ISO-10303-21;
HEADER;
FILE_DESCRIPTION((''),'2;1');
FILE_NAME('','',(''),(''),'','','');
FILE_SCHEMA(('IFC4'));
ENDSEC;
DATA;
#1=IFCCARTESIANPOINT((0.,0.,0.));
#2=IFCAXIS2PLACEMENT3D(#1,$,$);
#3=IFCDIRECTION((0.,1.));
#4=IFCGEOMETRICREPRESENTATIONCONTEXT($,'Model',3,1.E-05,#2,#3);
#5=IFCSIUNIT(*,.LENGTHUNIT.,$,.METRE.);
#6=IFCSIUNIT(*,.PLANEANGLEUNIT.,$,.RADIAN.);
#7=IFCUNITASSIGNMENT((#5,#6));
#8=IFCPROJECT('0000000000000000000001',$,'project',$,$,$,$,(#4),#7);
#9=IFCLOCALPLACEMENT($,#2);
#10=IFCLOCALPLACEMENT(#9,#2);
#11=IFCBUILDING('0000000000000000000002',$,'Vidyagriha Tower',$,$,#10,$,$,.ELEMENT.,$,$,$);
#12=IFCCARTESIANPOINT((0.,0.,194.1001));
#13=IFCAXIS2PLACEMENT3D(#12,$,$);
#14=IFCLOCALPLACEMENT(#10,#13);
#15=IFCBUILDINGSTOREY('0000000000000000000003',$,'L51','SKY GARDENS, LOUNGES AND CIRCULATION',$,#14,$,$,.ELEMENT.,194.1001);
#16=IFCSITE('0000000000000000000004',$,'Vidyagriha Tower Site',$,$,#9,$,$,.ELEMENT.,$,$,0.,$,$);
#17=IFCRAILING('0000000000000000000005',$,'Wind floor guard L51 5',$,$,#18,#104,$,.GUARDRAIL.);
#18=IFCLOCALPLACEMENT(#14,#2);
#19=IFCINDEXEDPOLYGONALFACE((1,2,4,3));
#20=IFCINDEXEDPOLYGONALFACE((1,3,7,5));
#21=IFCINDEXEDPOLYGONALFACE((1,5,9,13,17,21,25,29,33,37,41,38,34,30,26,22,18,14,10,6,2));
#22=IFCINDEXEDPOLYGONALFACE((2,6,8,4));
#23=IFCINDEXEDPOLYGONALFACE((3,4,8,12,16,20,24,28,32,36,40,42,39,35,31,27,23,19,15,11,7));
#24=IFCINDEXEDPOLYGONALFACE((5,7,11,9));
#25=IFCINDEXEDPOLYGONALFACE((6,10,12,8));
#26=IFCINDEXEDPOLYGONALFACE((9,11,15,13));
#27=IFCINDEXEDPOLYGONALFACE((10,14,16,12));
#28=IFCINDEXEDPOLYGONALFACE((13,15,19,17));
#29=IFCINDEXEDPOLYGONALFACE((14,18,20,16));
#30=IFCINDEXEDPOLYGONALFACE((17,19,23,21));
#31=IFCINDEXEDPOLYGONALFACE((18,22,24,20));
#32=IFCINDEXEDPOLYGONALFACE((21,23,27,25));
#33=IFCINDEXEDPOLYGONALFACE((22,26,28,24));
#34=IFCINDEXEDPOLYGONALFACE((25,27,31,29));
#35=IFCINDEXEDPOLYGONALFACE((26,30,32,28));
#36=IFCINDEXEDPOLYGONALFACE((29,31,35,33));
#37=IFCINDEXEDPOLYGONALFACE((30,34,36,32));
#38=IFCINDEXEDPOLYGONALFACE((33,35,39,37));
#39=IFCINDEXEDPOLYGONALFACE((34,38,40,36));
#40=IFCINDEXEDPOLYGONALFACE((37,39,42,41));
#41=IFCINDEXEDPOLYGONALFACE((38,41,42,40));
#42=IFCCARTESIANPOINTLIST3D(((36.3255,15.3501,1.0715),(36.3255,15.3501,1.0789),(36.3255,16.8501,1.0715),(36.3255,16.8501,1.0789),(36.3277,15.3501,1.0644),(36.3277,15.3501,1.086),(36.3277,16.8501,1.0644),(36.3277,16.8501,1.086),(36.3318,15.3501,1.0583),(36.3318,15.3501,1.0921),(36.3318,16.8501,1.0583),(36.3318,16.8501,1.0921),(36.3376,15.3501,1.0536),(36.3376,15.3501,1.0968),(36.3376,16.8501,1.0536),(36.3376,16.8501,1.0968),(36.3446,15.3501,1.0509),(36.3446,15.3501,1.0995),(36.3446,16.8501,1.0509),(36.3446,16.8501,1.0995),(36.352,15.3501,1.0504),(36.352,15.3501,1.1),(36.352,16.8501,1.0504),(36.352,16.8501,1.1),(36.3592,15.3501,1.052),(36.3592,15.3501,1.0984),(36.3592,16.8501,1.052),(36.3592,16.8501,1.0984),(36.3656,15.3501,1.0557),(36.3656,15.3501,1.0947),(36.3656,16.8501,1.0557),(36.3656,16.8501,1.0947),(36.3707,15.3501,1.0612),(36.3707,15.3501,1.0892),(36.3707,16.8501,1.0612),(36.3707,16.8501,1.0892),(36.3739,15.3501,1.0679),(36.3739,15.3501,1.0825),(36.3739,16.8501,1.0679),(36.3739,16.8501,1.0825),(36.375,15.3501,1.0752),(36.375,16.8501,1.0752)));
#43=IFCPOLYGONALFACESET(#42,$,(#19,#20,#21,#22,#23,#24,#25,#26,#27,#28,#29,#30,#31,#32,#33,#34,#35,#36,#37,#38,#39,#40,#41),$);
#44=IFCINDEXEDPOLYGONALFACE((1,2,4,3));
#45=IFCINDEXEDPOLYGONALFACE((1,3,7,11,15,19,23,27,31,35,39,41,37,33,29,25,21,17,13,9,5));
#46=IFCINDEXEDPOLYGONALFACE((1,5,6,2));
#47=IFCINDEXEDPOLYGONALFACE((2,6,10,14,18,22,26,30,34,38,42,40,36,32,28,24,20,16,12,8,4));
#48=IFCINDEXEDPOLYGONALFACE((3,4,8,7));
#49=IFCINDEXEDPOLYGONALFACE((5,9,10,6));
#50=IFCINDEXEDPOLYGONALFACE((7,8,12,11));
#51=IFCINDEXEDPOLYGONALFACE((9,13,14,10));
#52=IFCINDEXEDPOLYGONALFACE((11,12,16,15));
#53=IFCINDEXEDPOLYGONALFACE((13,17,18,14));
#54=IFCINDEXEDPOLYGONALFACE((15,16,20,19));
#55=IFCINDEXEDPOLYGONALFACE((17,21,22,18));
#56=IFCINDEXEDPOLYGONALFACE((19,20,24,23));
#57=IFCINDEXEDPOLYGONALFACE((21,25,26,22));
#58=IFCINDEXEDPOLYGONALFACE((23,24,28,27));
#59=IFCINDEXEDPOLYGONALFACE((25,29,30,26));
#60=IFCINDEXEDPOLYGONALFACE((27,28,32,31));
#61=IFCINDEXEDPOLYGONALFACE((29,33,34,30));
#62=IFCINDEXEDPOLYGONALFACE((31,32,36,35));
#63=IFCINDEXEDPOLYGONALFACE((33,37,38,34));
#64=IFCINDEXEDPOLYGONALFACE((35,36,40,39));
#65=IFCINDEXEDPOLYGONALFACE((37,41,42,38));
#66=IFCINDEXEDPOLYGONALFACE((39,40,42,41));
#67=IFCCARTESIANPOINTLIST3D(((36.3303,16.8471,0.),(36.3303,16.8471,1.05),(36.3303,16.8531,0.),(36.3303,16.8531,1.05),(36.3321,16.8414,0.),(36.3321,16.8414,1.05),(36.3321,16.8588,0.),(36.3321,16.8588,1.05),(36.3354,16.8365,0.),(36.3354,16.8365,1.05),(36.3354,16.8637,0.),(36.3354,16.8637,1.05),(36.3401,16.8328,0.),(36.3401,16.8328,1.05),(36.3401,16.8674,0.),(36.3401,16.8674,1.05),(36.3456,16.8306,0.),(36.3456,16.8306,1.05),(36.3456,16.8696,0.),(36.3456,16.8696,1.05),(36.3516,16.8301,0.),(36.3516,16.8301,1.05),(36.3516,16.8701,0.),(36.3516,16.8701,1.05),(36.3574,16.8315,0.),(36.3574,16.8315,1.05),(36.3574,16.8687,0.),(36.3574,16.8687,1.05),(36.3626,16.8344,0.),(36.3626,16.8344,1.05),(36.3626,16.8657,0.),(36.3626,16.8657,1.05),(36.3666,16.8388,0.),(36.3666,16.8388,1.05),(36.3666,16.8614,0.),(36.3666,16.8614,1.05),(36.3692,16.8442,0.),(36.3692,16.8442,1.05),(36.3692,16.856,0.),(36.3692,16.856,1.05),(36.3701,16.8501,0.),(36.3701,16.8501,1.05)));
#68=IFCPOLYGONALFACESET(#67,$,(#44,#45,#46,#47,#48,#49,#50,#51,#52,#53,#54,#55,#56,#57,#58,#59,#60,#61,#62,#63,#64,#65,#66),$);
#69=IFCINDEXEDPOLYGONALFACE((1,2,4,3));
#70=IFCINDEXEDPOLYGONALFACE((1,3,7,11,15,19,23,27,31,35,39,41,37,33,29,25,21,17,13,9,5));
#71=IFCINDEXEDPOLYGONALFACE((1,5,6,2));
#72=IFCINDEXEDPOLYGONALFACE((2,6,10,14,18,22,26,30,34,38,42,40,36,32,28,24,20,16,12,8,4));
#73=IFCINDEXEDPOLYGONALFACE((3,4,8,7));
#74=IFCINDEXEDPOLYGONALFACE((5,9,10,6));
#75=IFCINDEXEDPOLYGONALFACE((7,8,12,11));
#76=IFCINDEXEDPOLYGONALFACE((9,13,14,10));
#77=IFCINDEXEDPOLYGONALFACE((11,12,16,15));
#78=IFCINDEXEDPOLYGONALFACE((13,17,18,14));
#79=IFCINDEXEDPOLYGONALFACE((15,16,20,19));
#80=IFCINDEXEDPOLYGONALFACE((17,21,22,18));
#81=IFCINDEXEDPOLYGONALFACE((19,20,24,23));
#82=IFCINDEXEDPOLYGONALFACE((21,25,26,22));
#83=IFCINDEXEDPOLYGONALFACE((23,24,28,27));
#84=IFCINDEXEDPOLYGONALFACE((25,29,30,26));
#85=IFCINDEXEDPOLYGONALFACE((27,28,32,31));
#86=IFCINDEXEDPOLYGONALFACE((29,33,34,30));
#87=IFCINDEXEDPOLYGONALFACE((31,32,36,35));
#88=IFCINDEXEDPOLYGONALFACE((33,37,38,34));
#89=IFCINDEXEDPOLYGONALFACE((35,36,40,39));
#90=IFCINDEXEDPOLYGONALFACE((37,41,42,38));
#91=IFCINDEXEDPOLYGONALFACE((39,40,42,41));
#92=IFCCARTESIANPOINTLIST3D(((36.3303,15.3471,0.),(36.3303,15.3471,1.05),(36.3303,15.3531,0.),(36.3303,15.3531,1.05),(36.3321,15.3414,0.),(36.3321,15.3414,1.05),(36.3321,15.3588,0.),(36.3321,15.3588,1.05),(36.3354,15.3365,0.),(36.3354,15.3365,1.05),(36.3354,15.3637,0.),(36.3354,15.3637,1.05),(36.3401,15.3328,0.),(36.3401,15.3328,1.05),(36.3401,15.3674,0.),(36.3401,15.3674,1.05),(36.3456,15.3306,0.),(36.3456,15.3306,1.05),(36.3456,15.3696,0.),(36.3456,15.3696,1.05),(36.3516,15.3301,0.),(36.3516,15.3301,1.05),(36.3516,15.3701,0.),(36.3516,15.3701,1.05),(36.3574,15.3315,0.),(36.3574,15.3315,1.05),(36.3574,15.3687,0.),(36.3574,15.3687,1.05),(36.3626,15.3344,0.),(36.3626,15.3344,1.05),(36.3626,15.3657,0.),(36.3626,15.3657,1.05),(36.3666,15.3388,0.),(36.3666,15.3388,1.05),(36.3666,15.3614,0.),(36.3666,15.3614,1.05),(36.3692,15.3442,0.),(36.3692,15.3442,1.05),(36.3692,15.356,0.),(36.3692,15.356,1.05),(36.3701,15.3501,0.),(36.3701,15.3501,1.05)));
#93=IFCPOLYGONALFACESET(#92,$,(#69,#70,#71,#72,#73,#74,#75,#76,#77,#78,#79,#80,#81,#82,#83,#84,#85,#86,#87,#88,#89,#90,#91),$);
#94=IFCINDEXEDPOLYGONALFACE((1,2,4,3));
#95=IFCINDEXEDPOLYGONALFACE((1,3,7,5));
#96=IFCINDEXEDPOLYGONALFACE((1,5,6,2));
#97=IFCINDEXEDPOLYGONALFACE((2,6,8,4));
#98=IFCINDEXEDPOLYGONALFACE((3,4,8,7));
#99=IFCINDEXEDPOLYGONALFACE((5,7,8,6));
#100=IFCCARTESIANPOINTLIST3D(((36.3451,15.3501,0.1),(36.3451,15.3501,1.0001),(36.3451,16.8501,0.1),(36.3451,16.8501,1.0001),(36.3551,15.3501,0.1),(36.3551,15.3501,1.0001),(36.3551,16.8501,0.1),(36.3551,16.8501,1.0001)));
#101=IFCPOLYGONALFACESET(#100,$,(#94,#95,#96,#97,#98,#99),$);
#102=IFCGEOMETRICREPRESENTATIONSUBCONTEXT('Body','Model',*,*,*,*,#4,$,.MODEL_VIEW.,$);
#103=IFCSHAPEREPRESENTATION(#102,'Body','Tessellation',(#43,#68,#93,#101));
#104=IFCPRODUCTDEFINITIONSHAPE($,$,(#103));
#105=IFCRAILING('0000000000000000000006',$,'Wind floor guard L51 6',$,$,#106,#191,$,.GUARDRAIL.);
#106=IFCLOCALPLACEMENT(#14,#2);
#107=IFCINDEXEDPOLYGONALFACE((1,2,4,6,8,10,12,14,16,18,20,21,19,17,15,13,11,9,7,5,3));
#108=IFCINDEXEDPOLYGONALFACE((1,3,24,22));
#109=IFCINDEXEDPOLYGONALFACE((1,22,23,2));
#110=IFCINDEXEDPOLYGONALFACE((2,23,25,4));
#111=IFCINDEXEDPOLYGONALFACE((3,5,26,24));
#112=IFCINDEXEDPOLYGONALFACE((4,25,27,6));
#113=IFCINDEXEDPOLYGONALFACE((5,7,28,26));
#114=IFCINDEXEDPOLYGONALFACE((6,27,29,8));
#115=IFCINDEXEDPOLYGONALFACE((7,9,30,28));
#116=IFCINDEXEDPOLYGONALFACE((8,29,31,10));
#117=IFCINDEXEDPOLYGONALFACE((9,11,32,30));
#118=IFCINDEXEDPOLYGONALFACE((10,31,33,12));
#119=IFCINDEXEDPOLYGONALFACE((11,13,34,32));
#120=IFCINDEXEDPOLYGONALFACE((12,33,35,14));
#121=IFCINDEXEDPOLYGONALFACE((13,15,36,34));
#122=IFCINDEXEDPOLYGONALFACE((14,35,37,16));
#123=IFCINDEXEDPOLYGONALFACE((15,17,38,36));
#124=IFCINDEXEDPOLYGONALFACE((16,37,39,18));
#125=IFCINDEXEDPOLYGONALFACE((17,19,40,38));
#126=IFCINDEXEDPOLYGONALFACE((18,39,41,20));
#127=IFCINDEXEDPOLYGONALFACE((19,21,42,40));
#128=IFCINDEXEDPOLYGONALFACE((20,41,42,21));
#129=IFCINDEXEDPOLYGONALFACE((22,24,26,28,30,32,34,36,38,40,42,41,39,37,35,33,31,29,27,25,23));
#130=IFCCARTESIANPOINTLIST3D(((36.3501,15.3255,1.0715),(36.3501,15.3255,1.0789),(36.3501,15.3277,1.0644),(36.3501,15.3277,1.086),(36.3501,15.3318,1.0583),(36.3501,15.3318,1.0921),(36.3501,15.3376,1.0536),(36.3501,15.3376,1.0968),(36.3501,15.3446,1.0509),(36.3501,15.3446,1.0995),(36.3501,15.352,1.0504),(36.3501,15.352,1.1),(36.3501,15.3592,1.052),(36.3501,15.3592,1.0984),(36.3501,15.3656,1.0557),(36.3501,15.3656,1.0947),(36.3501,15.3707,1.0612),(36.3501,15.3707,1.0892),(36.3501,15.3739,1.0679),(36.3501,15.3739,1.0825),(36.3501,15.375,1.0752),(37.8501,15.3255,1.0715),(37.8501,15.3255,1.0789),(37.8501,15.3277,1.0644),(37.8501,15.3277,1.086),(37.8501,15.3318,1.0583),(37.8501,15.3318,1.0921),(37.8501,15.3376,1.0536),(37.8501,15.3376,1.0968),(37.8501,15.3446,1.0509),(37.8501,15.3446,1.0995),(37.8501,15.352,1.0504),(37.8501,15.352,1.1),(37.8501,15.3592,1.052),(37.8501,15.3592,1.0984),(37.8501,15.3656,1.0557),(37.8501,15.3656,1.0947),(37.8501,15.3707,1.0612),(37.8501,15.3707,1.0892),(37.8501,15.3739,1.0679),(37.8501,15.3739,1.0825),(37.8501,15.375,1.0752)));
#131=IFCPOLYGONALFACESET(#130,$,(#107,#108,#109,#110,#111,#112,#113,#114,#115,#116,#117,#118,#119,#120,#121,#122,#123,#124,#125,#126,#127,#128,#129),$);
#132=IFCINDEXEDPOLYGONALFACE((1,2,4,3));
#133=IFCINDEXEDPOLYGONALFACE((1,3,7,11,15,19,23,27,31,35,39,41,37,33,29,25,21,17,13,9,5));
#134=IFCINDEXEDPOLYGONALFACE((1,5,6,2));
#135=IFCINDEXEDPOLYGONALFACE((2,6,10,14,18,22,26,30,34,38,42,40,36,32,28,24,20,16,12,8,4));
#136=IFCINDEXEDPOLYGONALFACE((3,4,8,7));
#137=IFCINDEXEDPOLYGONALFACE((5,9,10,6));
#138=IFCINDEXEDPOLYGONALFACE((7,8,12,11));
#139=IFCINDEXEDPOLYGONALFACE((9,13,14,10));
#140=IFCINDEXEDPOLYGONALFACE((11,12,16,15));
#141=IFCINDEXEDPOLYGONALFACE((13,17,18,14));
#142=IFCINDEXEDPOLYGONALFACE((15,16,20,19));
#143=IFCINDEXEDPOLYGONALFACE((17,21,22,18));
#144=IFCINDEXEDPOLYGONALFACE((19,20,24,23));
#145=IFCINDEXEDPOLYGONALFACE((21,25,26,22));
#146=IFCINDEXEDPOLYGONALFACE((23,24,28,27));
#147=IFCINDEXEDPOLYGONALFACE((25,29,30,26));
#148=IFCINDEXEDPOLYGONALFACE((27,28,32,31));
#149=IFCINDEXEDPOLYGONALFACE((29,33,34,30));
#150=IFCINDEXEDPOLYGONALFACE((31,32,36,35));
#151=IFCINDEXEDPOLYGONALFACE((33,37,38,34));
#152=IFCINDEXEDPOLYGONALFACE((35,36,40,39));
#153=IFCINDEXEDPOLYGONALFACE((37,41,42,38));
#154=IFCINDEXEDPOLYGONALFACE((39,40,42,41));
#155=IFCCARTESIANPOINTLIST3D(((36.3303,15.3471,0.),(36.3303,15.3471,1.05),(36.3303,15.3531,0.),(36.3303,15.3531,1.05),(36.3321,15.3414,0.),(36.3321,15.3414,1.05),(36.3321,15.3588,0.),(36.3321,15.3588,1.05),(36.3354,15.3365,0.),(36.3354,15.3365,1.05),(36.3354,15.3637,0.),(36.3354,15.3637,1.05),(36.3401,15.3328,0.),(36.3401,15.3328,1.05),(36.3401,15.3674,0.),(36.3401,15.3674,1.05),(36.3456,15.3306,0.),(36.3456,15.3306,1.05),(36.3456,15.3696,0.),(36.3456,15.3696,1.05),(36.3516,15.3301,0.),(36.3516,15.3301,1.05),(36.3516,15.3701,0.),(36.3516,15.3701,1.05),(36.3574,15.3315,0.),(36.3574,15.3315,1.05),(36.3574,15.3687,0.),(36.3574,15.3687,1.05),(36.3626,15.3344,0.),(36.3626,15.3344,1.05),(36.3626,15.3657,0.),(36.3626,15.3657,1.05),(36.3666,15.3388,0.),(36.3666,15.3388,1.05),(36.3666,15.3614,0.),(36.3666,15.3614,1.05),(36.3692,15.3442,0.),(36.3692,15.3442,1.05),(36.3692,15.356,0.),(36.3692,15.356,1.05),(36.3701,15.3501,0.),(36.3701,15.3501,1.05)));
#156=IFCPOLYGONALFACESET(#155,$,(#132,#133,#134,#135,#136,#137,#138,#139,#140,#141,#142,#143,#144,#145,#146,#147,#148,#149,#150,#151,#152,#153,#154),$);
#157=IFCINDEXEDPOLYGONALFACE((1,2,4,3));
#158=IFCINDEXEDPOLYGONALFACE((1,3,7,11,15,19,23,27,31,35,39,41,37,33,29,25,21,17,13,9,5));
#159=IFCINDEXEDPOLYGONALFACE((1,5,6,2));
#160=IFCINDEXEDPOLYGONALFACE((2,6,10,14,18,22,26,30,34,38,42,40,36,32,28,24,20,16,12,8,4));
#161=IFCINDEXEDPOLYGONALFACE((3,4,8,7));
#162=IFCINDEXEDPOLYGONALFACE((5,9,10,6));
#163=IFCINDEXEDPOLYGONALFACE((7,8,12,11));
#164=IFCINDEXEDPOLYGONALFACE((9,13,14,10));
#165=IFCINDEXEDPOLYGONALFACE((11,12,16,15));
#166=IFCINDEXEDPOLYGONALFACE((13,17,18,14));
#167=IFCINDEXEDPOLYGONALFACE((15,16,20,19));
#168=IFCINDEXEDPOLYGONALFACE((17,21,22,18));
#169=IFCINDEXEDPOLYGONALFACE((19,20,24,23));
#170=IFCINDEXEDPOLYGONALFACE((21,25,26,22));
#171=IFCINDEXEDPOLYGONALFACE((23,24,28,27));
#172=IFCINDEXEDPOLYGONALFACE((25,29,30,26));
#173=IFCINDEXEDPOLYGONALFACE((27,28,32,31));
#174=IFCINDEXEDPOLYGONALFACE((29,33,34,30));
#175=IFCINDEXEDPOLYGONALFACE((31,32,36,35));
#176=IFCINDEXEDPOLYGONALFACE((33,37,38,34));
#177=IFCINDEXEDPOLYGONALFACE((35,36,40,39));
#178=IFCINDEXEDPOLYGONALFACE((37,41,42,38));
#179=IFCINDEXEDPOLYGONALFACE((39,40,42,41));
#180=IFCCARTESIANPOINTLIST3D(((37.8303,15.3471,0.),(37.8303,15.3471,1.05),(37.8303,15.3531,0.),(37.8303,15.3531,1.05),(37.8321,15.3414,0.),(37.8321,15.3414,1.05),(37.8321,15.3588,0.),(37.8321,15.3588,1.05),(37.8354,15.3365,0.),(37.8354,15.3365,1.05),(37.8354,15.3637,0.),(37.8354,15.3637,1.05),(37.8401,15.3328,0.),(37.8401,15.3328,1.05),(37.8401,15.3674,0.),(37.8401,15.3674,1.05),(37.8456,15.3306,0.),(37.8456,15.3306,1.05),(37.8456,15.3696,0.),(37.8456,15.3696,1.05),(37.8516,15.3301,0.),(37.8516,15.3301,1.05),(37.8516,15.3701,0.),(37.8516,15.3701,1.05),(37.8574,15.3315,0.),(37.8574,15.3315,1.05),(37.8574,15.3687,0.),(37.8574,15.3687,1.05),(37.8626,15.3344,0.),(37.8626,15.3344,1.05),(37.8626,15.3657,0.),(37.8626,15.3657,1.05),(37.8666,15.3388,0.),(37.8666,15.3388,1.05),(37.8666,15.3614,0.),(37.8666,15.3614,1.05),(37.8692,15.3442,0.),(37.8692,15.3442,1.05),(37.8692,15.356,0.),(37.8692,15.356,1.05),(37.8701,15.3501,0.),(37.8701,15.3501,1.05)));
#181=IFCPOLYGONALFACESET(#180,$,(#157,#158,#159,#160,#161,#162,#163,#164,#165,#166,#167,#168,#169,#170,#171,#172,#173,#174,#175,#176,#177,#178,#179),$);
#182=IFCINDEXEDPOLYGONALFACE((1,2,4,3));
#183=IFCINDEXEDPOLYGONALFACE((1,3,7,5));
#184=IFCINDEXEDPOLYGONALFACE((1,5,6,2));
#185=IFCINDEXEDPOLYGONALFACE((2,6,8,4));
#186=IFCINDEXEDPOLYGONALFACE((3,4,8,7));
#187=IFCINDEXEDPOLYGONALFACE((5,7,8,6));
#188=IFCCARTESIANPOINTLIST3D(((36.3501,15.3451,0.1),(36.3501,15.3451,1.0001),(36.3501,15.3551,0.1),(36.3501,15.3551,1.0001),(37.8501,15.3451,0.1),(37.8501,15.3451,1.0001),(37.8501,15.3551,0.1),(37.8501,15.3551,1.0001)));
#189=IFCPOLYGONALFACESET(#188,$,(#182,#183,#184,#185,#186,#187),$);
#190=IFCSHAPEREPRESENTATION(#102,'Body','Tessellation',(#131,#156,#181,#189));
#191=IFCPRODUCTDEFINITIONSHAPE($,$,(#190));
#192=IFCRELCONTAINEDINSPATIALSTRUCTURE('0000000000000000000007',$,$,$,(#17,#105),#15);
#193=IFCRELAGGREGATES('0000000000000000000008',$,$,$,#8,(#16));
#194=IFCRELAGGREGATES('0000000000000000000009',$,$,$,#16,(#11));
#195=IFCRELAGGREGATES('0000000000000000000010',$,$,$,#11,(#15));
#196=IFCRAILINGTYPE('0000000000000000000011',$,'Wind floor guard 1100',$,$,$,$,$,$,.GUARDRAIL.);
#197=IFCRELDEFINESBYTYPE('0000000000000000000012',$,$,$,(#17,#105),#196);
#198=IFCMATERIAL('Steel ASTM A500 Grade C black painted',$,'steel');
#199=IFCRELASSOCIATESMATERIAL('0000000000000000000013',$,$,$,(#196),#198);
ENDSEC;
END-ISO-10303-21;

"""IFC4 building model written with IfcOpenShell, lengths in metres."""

from ifc_helpers import new_model, si_unit, direction, frame, origin, origin_2d, place, context, subcontext, project, spatial, rectangle, circle, extrude, material, type_object, element, save


model = new_model("IFC4")

# Units and contexts
model_context = context("Model", 3, precision=1e-05, world=origin(), true_north=direction((0.0, 1.0)))
body_context = subcontext(model_context, "Body", "Model", "MODEL_VIEW")
ifc_project = project(units=[si_unit("LENGTHUNIT", "METRE"), si_unit("PLANEANGLEUNIT", "RADIAN")], contexts=[model_context])

# Site, building, storey
site_placement = place(None, origin())
site = spatial("IfcSite", under=ifc_project, at=site_placement, Name="Vidyagriha Tower Site", CompositionType="ELEMENT", RefElevation=0.0)
building_placement = place(site_placement, origin())
building = spatial("IfcBuilding", under=site, at=building_placement, Name="Vidyagriha Tower", CompositionType="ELEMENT")
storey_placement = place(building_placement, frame((0.0, 0.0, 194.1001)))
storey = spatial("IfcBuildingStorey", under=building, at=storey_placement, Name="L51", Description="SKY GARDENS, LOUNGES AND CIRCULATION", CompositionType="ELEMENT", Elevation=194.1001)

# Railings
ifc_material_1 = material(Name="Steel ASTM A500 Grade C black painted", Category="steel")
railing_type_1 = type_object("IfcRailingType", Name="Wind floor guard 1100", PredefinedType="GUARDRAIL", material=ifc_material_1)
railing_1_placement = place(storey_placement, frame((36.3501, 16.8501, 0.0)))
element("IfcRailing", 1, at=railing_1_placement, inside=storey, type_object=railing_type_1, Name="Wind floor guard L51 5", PredefinedType="GUARDRAIL", context=body_context, shape_type="SweptSolid", body=[
    extrude(circle(Radius=0.0249, at=origin_2d()), frame((0.0, 0.0, 1.0752), z_axis=(0.0, -1.0, 0.0), x_axis=(1.0, 0.0, 0.0)), (0.0, 0.0, 1.0), 1.5),
    extrude(circle(Radius=0.02, at=origin_2d()), origin(), (0.0, 0.0, 1.0), 1.05),
    extrude(circle(Radius=0.02, at=origin_2d()), frame((0.0, -1.5, 0.0)), (0.0, 0.0, 1.0), 1.05),
    extrude(rectangle(XDim=0.01, YDim=0.9001, at=origin_2d()), frame((0.0, 0.0, 0.55), z_axis=(0.0, -1.0, 0.0), x_axis=(1.0, 0.0, 0.0)), (0.0, 0.0, 1.0), 1.5),
])
railing_2_placement = place(storey_placement, frame((36.3501, 15.3501, 0.0)))
element("IfcRailing", 2, at=railing_2_placement, inside=storey, type_object=railing_type_1, Name="Wind floor guard L51 6", PredefinedType="GUARDRAIL", context=body_context, shape_type="SweptSolid", body=[
    extrude(circle(Radius=0.0249, at=origin_2d()), frame((0.0, 0.0, 1.0752), z_axis=(1.0, 0.0, 0.0), x_axis=(0.0, 1.0, 0.0)), (0.0, 0.0, 1.0), 1.5),
    extrude(circle(Radius=0.02, at=origin_2d()), origin(), (0.0, 0.0, 1.0), 1.05),
    extrude(circle(Radius=0.02, at=origin_2d()), frame((1.5, 0.0, 0.0)), (0.0, 0.0, 1.0), 1.05),
    extrude(rectangle(XDim=0.01, YDim=0.9001, at=origin_2d()), frame((0.0, 0.0, 0.55), z_axis=(1.0, 0.0, 0.0), x_axis=(0.0, 1.0, 0.0)), (0.0, 0.0, 1.0), 1.5),
])

save(model, "model.ifc")
